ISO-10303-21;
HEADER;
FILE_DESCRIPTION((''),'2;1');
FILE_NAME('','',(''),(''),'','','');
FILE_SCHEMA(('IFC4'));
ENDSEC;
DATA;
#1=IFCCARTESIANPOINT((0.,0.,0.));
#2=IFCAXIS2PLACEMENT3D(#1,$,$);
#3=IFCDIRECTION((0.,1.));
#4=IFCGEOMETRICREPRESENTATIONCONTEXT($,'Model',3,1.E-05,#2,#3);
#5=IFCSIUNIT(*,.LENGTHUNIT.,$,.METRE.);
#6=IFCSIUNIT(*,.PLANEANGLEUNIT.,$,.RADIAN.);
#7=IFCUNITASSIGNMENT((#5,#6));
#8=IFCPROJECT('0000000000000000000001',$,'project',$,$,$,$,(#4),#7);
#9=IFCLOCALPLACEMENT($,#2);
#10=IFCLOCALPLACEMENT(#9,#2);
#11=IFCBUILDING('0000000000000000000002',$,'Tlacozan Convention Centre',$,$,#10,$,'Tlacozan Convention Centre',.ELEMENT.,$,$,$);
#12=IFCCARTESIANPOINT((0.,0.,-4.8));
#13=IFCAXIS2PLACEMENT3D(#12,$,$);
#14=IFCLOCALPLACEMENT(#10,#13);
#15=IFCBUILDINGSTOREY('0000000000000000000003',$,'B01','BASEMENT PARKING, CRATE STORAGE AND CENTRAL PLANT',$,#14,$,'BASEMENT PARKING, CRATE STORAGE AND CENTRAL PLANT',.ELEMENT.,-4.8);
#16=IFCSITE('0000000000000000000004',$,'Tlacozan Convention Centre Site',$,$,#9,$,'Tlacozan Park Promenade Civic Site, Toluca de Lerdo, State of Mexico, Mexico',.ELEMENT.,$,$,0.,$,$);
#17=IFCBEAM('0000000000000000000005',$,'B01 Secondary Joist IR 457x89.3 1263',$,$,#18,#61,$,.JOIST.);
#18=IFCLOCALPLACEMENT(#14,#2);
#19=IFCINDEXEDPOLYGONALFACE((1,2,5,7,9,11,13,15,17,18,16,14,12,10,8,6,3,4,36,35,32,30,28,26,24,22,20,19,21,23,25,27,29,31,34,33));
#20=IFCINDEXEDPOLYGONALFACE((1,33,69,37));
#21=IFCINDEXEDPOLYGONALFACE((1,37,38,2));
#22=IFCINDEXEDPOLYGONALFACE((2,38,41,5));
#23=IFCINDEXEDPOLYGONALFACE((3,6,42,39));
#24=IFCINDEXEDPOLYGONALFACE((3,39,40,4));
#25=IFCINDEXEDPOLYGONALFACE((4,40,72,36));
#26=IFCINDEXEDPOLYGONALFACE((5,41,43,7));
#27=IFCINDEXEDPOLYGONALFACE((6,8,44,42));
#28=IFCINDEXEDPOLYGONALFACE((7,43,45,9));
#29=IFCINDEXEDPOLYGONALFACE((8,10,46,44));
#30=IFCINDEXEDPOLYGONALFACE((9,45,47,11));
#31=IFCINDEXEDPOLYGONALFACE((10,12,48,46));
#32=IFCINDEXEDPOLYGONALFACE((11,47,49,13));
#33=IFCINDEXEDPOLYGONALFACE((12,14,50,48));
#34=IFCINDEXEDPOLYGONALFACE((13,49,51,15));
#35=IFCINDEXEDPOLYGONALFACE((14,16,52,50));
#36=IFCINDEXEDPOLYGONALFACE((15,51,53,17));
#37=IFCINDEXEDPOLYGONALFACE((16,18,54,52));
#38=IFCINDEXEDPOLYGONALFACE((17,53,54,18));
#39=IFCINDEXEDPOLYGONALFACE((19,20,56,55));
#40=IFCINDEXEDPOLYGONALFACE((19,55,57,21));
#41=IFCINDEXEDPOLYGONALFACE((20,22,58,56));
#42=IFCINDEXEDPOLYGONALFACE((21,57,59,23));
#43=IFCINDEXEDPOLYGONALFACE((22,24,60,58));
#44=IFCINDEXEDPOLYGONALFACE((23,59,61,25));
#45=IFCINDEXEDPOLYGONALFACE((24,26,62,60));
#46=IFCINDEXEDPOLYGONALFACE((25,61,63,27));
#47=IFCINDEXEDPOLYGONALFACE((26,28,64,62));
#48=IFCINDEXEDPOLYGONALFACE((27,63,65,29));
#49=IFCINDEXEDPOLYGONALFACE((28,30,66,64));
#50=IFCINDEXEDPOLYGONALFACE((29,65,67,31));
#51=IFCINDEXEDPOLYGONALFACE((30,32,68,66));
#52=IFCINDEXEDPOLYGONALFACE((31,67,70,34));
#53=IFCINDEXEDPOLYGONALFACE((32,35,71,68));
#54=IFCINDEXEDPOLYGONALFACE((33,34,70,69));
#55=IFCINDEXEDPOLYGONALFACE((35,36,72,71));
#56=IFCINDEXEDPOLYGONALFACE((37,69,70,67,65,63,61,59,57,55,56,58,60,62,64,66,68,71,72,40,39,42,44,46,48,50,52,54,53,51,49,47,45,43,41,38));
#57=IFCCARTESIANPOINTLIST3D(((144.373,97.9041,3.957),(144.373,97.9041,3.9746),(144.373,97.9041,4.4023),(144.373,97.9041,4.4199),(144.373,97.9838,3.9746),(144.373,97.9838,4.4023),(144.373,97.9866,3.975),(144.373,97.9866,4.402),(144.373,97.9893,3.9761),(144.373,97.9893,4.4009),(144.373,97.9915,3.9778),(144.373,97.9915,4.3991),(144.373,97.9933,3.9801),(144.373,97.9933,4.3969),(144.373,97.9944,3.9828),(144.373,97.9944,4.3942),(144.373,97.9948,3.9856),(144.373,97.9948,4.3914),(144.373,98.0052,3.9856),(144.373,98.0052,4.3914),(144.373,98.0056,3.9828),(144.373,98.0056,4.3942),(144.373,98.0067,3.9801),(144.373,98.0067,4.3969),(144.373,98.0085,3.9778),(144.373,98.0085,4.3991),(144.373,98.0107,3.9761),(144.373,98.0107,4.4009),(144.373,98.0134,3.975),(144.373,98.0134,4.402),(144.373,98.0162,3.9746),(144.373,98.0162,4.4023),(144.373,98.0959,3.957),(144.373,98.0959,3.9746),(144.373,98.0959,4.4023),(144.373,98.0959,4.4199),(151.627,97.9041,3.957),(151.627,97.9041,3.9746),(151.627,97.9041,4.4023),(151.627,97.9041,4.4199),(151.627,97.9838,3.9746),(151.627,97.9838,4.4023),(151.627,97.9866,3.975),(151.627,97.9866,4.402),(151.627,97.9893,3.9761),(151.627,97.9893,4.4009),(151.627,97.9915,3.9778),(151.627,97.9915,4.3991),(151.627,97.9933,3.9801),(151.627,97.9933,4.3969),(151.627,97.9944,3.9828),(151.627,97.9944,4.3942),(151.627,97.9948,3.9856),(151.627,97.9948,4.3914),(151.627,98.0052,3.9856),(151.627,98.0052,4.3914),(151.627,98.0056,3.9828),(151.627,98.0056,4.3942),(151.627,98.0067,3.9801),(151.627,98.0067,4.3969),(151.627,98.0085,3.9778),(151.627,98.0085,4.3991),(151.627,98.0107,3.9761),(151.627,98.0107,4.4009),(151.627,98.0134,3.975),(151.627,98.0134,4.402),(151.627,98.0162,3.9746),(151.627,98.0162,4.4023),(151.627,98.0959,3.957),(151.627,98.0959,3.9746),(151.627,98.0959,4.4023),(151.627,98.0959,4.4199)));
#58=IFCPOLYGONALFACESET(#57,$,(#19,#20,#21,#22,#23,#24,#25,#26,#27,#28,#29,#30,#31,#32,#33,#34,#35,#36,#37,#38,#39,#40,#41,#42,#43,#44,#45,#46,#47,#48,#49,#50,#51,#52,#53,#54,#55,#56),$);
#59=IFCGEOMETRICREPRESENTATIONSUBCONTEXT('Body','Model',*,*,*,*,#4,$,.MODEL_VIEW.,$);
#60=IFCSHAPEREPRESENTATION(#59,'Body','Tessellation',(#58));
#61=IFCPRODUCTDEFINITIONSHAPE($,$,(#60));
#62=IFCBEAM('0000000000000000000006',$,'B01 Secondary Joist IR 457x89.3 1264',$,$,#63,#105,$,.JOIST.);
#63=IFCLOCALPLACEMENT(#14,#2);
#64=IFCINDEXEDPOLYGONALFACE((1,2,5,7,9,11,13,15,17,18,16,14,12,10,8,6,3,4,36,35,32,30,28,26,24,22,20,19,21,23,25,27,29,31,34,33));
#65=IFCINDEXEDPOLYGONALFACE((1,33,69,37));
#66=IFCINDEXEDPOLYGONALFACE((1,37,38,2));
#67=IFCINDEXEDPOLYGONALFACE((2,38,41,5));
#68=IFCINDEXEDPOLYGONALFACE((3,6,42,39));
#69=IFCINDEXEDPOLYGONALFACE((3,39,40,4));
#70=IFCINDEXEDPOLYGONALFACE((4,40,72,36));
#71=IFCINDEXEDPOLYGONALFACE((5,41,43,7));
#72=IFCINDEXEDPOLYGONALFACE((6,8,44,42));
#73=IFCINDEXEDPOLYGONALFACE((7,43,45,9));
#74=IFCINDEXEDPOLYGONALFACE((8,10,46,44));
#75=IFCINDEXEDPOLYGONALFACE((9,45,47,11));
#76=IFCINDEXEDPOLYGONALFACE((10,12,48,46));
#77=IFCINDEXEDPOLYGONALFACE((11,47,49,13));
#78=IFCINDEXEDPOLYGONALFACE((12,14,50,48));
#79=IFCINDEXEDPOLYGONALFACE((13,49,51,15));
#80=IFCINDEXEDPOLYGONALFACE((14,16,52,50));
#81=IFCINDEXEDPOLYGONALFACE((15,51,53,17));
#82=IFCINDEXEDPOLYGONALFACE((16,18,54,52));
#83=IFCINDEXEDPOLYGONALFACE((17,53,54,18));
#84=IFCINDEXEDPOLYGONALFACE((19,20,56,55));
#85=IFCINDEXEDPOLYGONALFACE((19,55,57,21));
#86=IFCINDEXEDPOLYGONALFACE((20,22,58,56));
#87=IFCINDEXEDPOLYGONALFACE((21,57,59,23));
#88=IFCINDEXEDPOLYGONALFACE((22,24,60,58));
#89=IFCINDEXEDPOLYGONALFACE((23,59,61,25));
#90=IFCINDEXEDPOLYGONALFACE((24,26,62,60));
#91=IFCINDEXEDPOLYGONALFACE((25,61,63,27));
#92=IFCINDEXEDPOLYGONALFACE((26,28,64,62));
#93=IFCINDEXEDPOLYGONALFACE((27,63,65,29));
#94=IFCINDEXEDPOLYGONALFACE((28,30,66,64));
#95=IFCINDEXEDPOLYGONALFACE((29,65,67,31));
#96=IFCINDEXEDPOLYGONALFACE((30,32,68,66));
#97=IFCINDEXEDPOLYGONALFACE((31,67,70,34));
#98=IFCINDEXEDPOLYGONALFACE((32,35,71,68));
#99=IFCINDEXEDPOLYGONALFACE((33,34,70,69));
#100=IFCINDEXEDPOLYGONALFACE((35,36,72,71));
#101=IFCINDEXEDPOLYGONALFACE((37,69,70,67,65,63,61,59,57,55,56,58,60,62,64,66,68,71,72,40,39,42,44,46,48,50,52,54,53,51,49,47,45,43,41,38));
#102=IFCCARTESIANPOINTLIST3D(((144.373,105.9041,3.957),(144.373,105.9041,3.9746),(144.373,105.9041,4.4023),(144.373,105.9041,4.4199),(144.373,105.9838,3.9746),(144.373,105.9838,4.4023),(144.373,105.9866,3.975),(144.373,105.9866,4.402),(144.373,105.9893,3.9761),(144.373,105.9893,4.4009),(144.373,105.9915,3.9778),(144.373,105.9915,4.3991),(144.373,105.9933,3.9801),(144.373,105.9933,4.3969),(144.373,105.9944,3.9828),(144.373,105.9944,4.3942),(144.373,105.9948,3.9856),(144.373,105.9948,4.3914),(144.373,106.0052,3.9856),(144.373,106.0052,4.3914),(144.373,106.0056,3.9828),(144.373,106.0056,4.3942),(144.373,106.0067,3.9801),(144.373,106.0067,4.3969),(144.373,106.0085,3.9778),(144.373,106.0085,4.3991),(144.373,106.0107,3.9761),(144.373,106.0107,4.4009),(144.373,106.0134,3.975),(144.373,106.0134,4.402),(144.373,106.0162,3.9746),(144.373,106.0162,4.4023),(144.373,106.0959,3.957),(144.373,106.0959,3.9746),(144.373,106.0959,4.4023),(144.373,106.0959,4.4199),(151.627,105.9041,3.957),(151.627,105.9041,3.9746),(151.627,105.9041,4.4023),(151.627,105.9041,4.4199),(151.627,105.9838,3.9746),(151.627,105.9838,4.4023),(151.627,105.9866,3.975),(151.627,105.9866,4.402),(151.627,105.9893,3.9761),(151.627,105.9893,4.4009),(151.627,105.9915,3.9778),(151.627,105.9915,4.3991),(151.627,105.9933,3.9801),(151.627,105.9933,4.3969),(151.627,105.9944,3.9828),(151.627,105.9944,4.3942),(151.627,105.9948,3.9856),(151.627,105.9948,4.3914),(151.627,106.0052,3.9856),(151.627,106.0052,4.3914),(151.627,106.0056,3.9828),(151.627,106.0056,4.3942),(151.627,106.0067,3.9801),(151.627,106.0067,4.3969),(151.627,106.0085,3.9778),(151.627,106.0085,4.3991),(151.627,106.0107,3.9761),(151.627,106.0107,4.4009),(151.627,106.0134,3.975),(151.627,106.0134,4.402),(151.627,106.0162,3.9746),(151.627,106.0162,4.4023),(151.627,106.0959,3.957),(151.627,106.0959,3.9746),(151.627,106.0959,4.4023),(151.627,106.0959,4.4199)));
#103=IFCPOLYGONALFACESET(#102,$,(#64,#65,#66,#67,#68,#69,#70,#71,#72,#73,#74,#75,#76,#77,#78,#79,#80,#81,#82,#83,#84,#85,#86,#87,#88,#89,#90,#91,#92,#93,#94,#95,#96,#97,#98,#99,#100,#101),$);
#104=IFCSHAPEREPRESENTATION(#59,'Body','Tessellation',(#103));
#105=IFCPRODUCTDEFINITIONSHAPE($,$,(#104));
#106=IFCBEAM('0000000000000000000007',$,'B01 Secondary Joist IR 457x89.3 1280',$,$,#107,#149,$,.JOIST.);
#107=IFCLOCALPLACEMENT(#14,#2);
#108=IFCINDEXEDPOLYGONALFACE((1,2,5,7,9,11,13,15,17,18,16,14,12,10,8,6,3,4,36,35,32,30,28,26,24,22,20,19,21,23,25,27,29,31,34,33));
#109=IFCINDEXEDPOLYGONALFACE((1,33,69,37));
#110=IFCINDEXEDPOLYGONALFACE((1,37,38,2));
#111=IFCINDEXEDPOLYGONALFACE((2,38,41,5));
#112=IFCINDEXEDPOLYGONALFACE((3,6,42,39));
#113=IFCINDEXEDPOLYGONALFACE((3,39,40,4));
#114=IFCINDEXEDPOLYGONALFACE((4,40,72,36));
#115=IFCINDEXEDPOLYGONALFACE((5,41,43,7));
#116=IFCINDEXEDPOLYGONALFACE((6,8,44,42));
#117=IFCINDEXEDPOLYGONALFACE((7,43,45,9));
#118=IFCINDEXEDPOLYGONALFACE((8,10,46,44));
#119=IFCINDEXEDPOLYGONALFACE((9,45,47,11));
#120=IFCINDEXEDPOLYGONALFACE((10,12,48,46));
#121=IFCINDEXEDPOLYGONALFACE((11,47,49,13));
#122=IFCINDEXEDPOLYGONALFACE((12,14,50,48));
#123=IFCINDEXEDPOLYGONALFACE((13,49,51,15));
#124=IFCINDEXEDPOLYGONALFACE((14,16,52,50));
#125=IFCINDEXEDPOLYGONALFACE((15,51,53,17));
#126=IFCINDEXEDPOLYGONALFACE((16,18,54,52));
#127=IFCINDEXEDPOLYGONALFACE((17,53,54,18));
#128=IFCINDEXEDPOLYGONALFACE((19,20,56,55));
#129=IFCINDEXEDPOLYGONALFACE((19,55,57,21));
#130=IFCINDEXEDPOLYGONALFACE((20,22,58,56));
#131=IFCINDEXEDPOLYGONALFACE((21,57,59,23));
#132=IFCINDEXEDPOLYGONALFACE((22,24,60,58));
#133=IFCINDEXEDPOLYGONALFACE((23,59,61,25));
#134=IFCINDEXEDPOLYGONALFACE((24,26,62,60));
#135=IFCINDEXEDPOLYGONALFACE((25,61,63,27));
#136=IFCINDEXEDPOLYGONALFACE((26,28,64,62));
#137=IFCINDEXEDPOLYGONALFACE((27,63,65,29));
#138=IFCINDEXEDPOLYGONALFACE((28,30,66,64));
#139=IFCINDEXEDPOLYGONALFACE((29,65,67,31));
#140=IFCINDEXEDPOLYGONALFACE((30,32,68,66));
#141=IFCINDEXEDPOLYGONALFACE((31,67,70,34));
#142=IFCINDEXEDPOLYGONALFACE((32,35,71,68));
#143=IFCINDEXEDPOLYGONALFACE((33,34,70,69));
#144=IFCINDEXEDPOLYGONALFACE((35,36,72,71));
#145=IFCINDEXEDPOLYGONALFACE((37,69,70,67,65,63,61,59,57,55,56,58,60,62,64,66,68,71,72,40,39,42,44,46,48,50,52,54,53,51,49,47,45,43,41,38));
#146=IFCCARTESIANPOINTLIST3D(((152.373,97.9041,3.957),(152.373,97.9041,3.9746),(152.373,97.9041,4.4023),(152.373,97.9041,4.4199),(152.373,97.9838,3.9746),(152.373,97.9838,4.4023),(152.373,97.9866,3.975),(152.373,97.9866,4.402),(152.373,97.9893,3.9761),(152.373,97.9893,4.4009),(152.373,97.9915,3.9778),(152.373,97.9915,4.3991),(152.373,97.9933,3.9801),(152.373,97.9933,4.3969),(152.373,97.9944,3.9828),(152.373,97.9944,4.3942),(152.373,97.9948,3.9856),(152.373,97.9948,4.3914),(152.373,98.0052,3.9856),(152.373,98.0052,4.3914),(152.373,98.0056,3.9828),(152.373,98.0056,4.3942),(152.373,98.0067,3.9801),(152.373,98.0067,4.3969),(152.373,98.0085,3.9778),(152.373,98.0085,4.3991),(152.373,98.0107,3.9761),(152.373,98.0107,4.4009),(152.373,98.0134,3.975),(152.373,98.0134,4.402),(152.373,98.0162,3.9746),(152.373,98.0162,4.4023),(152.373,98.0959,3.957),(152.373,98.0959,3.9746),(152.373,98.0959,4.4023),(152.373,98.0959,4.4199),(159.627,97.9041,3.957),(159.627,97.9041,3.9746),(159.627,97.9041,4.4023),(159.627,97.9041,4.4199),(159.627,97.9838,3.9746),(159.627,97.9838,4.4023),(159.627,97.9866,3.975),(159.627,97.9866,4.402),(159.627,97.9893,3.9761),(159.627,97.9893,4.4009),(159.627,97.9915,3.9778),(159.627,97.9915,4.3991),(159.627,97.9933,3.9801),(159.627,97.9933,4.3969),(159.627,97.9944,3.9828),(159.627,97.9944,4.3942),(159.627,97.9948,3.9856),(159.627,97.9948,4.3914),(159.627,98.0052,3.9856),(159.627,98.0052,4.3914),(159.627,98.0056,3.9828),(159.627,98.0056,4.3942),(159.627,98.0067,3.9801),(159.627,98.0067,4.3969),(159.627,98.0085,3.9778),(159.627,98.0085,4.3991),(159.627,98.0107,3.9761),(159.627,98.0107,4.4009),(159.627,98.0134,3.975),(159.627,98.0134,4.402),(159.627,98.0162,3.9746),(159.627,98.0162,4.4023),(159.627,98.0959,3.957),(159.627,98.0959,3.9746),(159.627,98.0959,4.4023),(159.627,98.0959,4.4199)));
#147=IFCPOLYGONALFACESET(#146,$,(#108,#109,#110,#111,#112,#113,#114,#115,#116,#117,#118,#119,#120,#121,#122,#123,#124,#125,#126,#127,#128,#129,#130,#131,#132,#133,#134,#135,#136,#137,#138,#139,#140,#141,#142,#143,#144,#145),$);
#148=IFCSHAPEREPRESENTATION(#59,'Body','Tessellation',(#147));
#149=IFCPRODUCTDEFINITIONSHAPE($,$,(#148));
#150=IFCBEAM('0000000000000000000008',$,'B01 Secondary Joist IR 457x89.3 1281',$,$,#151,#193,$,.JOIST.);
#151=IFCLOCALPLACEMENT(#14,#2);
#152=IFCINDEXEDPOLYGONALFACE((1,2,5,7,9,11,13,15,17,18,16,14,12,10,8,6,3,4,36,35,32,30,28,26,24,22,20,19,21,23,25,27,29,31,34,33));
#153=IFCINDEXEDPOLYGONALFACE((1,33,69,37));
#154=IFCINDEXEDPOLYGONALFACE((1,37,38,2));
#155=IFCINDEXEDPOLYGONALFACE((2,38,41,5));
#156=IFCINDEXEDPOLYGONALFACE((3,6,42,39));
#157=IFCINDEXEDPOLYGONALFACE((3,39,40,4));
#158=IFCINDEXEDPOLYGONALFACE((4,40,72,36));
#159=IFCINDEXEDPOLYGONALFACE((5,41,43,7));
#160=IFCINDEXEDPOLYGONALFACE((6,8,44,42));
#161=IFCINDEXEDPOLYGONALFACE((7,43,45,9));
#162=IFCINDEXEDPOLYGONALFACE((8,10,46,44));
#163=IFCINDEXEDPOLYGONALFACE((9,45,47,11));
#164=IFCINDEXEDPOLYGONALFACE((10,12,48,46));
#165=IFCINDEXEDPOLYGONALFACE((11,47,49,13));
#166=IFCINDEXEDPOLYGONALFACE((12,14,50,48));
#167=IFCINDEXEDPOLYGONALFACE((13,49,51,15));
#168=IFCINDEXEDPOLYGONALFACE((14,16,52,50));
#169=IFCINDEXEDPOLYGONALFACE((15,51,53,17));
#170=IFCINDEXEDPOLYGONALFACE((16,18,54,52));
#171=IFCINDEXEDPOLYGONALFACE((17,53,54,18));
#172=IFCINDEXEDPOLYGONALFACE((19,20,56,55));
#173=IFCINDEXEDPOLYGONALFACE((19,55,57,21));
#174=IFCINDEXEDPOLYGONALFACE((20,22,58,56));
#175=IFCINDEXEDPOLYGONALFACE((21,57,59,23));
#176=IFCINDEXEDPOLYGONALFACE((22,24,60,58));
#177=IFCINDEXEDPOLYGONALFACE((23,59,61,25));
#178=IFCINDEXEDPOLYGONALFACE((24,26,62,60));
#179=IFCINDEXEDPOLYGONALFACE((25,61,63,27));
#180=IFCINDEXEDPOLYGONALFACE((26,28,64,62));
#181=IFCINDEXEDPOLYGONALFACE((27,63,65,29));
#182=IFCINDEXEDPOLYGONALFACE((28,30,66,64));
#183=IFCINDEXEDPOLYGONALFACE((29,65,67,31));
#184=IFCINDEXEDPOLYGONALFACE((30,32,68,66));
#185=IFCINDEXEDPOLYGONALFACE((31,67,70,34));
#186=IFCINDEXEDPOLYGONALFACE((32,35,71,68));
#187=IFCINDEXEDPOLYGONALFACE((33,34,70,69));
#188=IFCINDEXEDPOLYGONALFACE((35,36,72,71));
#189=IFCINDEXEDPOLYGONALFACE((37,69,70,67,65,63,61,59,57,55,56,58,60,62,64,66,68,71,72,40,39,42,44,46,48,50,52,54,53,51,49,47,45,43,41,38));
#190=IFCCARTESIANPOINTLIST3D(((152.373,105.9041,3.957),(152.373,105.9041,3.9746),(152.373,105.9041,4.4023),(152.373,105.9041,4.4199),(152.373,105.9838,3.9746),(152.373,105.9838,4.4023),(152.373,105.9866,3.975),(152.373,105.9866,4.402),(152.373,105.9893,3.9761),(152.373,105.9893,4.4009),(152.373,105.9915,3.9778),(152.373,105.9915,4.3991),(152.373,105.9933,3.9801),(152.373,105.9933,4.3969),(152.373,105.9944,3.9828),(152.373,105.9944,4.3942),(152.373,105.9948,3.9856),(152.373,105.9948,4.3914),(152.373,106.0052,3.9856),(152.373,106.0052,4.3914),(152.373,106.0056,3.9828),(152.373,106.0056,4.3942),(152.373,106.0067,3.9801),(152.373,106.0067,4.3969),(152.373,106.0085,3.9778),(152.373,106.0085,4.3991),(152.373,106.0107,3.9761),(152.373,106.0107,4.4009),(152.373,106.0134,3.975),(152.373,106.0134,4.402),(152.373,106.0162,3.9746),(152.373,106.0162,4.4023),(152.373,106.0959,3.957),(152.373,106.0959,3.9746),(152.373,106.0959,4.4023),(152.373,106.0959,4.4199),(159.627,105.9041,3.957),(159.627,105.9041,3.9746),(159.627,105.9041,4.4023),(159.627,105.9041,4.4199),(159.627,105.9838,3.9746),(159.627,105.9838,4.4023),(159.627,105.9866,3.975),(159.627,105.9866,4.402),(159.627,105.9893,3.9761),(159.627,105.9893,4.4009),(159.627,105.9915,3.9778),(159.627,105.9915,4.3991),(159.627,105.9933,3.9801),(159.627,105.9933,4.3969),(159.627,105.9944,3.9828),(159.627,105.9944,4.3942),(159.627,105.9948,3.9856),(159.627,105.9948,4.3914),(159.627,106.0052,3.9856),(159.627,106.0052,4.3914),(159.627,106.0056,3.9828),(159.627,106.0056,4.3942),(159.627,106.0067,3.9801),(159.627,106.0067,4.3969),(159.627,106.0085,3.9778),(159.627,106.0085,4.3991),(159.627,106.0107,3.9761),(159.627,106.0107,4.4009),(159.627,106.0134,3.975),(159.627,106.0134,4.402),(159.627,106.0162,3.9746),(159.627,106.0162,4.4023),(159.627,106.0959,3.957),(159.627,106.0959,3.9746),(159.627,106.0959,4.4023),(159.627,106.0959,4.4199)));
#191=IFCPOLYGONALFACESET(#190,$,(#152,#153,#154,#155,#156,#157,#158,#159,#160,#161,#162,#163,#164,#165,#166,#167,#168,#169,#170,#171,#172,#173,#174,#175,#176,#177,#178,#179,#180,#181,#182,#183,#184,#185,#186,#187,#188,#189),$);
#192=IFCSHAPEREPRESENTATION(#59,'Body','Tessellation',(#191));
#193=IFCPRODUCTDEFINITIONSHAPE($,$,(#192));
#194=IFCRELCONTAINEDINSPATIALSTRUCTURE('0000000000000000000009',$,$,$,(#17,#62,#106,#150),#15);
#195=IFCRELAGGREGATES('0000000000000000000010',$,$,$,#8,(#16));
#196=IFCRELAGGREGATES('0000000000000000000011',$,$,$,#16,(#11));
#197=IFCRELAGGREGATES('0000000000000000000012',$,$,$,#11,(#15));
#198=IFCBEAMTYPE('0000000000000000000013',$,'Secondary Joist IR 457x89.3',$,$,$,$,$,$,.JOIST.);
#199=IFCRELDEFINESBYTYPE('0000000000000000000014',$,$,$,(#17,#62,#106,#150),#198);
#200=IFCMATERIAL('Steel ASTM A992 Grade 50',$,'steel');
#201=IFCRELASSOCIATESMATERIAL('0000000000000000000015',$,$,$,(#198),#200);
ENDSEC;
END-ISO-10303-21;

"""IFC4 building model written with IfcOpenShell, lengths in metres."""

from ifc_helpers import new_model, si_unit, direction, frame, origin, origin_2d, place, context, subcontext, project, spatial, i_section, extrude, material, material_profile, profile_set, type_object, element, save


model = new_model("IFC4")

# Units and contexts
model_context = context("Model", 3, precision=1e-05, world=origin(), true_north=direction((0.0, 1.0)))
body_context = subcontext(model_context, "Body", "Model", "MODEL_VIEW")
ifc_project = project(units=[si_unit("LENGTHUNIT", "METRE"), si_unit("PLANEANGLEUNIT", "RADIAN")], contexts=[model_context])

# Site, building, storey
site_placement = place(None, origin())
site = spatial("IfcSite", under=ifc_project, at=site_placement, Name="Tlacozan Convention Centre Site", LongName="Tlacozan Park Promenade Civic Site, Toluca de Lerdo, State of Mexico, Mexico", CompositionType="ELEMENT", RefElevation=0.0)
building_placement = place(site_placement, origin())
building = spatial("IfcBuilding", under=site, at=building_placement, Name="Tlacozan Convention Centre", LongName="Tlacozan Convention Centre", CompositionType="ELEMENT")
storey_placement = place(building_placement, frame((0.0, 0.0, -4.8)))
storey = spatial("IfcBuildingStorey", under=building, at=storey_placement, Name="B01", Description="BASEMENT PARKING, CRATE STORAGE AND CENTRAL PLANT", LongName="BASEMENT PARKING, CRATE STORAGE AND CENTRAL PLANT", CompositionType="ELEMENT", Elevation=-4.8)

# Beams
ifc_material_1 = material(Name="Steel ASTM A992 Grade 50", Category="steel")
ifc_material_profile_1 = material_profile(ifc_material_1, i_section(OverallWidth=0.1919, OverallDepth=0.4629, WebThickness=0.0105, FlangeThickness=0.0176, FilletRadius=0.011, at=origin_2d()), Name="IR 457x89.3")
ifc_profile_set_1 = profile_set([ifc_material_profile_1], Name="Steel ASTM A992 Grade 50")
beam_type_1 = type_object("IfcBeamType", Name="Secondary Joist IR 457x89.3", PredefinedType="JOIST", material=ifc_profile_set_1)
for number, where, z_axis, x_axis, name in (
    (1, (144.373, 98.0, 4.1885), (1.0, 0.0, 0.0), (0.0, 1.0, 0.0), "B01 Secondary Joist IR 457x89.3 1263"),
    (2, (144.373, 106.0, 4.1885), (1.0, 0.0, 0.0), (0.0, 1.0, 0.0), "B01 Secondary Joist IR 457x89.3 1264"),
    (3, (152.373, 98.0, 4.1885), (1.0, 0.0, 0.0), (0.0, 1.0, 0.0), "B01 Secondary Joist IR 457x89.3 1280"),
    (4, (152.373, 106.0, 4.1885), (1.0, 0.0, 0.0), (0.0, 1.0, 0.0), "B01 Secondary Joist IR 457x89.3 1281"),
):
    element("IfcBeam", number, at=place(storey_placement, frame(where, z_axis=z_axis, x_axis=x_axis)), inside=storey, type_object=beam_type_1, Name=name, PredefinedType="JOIST", context=body_context, shape_type="SweptSolid", body=[
        extrude(i_section(OverallWidth=0.1919, OverallDepth=0.4629, WebThickness=0.0105, FlangeThickness=0.0176, FilletRadius=0.011, at=origin_2d()), origin(), (0.0, 0.0, 1.0), 7.2539),
    ])

save(model, "model.ifc")
